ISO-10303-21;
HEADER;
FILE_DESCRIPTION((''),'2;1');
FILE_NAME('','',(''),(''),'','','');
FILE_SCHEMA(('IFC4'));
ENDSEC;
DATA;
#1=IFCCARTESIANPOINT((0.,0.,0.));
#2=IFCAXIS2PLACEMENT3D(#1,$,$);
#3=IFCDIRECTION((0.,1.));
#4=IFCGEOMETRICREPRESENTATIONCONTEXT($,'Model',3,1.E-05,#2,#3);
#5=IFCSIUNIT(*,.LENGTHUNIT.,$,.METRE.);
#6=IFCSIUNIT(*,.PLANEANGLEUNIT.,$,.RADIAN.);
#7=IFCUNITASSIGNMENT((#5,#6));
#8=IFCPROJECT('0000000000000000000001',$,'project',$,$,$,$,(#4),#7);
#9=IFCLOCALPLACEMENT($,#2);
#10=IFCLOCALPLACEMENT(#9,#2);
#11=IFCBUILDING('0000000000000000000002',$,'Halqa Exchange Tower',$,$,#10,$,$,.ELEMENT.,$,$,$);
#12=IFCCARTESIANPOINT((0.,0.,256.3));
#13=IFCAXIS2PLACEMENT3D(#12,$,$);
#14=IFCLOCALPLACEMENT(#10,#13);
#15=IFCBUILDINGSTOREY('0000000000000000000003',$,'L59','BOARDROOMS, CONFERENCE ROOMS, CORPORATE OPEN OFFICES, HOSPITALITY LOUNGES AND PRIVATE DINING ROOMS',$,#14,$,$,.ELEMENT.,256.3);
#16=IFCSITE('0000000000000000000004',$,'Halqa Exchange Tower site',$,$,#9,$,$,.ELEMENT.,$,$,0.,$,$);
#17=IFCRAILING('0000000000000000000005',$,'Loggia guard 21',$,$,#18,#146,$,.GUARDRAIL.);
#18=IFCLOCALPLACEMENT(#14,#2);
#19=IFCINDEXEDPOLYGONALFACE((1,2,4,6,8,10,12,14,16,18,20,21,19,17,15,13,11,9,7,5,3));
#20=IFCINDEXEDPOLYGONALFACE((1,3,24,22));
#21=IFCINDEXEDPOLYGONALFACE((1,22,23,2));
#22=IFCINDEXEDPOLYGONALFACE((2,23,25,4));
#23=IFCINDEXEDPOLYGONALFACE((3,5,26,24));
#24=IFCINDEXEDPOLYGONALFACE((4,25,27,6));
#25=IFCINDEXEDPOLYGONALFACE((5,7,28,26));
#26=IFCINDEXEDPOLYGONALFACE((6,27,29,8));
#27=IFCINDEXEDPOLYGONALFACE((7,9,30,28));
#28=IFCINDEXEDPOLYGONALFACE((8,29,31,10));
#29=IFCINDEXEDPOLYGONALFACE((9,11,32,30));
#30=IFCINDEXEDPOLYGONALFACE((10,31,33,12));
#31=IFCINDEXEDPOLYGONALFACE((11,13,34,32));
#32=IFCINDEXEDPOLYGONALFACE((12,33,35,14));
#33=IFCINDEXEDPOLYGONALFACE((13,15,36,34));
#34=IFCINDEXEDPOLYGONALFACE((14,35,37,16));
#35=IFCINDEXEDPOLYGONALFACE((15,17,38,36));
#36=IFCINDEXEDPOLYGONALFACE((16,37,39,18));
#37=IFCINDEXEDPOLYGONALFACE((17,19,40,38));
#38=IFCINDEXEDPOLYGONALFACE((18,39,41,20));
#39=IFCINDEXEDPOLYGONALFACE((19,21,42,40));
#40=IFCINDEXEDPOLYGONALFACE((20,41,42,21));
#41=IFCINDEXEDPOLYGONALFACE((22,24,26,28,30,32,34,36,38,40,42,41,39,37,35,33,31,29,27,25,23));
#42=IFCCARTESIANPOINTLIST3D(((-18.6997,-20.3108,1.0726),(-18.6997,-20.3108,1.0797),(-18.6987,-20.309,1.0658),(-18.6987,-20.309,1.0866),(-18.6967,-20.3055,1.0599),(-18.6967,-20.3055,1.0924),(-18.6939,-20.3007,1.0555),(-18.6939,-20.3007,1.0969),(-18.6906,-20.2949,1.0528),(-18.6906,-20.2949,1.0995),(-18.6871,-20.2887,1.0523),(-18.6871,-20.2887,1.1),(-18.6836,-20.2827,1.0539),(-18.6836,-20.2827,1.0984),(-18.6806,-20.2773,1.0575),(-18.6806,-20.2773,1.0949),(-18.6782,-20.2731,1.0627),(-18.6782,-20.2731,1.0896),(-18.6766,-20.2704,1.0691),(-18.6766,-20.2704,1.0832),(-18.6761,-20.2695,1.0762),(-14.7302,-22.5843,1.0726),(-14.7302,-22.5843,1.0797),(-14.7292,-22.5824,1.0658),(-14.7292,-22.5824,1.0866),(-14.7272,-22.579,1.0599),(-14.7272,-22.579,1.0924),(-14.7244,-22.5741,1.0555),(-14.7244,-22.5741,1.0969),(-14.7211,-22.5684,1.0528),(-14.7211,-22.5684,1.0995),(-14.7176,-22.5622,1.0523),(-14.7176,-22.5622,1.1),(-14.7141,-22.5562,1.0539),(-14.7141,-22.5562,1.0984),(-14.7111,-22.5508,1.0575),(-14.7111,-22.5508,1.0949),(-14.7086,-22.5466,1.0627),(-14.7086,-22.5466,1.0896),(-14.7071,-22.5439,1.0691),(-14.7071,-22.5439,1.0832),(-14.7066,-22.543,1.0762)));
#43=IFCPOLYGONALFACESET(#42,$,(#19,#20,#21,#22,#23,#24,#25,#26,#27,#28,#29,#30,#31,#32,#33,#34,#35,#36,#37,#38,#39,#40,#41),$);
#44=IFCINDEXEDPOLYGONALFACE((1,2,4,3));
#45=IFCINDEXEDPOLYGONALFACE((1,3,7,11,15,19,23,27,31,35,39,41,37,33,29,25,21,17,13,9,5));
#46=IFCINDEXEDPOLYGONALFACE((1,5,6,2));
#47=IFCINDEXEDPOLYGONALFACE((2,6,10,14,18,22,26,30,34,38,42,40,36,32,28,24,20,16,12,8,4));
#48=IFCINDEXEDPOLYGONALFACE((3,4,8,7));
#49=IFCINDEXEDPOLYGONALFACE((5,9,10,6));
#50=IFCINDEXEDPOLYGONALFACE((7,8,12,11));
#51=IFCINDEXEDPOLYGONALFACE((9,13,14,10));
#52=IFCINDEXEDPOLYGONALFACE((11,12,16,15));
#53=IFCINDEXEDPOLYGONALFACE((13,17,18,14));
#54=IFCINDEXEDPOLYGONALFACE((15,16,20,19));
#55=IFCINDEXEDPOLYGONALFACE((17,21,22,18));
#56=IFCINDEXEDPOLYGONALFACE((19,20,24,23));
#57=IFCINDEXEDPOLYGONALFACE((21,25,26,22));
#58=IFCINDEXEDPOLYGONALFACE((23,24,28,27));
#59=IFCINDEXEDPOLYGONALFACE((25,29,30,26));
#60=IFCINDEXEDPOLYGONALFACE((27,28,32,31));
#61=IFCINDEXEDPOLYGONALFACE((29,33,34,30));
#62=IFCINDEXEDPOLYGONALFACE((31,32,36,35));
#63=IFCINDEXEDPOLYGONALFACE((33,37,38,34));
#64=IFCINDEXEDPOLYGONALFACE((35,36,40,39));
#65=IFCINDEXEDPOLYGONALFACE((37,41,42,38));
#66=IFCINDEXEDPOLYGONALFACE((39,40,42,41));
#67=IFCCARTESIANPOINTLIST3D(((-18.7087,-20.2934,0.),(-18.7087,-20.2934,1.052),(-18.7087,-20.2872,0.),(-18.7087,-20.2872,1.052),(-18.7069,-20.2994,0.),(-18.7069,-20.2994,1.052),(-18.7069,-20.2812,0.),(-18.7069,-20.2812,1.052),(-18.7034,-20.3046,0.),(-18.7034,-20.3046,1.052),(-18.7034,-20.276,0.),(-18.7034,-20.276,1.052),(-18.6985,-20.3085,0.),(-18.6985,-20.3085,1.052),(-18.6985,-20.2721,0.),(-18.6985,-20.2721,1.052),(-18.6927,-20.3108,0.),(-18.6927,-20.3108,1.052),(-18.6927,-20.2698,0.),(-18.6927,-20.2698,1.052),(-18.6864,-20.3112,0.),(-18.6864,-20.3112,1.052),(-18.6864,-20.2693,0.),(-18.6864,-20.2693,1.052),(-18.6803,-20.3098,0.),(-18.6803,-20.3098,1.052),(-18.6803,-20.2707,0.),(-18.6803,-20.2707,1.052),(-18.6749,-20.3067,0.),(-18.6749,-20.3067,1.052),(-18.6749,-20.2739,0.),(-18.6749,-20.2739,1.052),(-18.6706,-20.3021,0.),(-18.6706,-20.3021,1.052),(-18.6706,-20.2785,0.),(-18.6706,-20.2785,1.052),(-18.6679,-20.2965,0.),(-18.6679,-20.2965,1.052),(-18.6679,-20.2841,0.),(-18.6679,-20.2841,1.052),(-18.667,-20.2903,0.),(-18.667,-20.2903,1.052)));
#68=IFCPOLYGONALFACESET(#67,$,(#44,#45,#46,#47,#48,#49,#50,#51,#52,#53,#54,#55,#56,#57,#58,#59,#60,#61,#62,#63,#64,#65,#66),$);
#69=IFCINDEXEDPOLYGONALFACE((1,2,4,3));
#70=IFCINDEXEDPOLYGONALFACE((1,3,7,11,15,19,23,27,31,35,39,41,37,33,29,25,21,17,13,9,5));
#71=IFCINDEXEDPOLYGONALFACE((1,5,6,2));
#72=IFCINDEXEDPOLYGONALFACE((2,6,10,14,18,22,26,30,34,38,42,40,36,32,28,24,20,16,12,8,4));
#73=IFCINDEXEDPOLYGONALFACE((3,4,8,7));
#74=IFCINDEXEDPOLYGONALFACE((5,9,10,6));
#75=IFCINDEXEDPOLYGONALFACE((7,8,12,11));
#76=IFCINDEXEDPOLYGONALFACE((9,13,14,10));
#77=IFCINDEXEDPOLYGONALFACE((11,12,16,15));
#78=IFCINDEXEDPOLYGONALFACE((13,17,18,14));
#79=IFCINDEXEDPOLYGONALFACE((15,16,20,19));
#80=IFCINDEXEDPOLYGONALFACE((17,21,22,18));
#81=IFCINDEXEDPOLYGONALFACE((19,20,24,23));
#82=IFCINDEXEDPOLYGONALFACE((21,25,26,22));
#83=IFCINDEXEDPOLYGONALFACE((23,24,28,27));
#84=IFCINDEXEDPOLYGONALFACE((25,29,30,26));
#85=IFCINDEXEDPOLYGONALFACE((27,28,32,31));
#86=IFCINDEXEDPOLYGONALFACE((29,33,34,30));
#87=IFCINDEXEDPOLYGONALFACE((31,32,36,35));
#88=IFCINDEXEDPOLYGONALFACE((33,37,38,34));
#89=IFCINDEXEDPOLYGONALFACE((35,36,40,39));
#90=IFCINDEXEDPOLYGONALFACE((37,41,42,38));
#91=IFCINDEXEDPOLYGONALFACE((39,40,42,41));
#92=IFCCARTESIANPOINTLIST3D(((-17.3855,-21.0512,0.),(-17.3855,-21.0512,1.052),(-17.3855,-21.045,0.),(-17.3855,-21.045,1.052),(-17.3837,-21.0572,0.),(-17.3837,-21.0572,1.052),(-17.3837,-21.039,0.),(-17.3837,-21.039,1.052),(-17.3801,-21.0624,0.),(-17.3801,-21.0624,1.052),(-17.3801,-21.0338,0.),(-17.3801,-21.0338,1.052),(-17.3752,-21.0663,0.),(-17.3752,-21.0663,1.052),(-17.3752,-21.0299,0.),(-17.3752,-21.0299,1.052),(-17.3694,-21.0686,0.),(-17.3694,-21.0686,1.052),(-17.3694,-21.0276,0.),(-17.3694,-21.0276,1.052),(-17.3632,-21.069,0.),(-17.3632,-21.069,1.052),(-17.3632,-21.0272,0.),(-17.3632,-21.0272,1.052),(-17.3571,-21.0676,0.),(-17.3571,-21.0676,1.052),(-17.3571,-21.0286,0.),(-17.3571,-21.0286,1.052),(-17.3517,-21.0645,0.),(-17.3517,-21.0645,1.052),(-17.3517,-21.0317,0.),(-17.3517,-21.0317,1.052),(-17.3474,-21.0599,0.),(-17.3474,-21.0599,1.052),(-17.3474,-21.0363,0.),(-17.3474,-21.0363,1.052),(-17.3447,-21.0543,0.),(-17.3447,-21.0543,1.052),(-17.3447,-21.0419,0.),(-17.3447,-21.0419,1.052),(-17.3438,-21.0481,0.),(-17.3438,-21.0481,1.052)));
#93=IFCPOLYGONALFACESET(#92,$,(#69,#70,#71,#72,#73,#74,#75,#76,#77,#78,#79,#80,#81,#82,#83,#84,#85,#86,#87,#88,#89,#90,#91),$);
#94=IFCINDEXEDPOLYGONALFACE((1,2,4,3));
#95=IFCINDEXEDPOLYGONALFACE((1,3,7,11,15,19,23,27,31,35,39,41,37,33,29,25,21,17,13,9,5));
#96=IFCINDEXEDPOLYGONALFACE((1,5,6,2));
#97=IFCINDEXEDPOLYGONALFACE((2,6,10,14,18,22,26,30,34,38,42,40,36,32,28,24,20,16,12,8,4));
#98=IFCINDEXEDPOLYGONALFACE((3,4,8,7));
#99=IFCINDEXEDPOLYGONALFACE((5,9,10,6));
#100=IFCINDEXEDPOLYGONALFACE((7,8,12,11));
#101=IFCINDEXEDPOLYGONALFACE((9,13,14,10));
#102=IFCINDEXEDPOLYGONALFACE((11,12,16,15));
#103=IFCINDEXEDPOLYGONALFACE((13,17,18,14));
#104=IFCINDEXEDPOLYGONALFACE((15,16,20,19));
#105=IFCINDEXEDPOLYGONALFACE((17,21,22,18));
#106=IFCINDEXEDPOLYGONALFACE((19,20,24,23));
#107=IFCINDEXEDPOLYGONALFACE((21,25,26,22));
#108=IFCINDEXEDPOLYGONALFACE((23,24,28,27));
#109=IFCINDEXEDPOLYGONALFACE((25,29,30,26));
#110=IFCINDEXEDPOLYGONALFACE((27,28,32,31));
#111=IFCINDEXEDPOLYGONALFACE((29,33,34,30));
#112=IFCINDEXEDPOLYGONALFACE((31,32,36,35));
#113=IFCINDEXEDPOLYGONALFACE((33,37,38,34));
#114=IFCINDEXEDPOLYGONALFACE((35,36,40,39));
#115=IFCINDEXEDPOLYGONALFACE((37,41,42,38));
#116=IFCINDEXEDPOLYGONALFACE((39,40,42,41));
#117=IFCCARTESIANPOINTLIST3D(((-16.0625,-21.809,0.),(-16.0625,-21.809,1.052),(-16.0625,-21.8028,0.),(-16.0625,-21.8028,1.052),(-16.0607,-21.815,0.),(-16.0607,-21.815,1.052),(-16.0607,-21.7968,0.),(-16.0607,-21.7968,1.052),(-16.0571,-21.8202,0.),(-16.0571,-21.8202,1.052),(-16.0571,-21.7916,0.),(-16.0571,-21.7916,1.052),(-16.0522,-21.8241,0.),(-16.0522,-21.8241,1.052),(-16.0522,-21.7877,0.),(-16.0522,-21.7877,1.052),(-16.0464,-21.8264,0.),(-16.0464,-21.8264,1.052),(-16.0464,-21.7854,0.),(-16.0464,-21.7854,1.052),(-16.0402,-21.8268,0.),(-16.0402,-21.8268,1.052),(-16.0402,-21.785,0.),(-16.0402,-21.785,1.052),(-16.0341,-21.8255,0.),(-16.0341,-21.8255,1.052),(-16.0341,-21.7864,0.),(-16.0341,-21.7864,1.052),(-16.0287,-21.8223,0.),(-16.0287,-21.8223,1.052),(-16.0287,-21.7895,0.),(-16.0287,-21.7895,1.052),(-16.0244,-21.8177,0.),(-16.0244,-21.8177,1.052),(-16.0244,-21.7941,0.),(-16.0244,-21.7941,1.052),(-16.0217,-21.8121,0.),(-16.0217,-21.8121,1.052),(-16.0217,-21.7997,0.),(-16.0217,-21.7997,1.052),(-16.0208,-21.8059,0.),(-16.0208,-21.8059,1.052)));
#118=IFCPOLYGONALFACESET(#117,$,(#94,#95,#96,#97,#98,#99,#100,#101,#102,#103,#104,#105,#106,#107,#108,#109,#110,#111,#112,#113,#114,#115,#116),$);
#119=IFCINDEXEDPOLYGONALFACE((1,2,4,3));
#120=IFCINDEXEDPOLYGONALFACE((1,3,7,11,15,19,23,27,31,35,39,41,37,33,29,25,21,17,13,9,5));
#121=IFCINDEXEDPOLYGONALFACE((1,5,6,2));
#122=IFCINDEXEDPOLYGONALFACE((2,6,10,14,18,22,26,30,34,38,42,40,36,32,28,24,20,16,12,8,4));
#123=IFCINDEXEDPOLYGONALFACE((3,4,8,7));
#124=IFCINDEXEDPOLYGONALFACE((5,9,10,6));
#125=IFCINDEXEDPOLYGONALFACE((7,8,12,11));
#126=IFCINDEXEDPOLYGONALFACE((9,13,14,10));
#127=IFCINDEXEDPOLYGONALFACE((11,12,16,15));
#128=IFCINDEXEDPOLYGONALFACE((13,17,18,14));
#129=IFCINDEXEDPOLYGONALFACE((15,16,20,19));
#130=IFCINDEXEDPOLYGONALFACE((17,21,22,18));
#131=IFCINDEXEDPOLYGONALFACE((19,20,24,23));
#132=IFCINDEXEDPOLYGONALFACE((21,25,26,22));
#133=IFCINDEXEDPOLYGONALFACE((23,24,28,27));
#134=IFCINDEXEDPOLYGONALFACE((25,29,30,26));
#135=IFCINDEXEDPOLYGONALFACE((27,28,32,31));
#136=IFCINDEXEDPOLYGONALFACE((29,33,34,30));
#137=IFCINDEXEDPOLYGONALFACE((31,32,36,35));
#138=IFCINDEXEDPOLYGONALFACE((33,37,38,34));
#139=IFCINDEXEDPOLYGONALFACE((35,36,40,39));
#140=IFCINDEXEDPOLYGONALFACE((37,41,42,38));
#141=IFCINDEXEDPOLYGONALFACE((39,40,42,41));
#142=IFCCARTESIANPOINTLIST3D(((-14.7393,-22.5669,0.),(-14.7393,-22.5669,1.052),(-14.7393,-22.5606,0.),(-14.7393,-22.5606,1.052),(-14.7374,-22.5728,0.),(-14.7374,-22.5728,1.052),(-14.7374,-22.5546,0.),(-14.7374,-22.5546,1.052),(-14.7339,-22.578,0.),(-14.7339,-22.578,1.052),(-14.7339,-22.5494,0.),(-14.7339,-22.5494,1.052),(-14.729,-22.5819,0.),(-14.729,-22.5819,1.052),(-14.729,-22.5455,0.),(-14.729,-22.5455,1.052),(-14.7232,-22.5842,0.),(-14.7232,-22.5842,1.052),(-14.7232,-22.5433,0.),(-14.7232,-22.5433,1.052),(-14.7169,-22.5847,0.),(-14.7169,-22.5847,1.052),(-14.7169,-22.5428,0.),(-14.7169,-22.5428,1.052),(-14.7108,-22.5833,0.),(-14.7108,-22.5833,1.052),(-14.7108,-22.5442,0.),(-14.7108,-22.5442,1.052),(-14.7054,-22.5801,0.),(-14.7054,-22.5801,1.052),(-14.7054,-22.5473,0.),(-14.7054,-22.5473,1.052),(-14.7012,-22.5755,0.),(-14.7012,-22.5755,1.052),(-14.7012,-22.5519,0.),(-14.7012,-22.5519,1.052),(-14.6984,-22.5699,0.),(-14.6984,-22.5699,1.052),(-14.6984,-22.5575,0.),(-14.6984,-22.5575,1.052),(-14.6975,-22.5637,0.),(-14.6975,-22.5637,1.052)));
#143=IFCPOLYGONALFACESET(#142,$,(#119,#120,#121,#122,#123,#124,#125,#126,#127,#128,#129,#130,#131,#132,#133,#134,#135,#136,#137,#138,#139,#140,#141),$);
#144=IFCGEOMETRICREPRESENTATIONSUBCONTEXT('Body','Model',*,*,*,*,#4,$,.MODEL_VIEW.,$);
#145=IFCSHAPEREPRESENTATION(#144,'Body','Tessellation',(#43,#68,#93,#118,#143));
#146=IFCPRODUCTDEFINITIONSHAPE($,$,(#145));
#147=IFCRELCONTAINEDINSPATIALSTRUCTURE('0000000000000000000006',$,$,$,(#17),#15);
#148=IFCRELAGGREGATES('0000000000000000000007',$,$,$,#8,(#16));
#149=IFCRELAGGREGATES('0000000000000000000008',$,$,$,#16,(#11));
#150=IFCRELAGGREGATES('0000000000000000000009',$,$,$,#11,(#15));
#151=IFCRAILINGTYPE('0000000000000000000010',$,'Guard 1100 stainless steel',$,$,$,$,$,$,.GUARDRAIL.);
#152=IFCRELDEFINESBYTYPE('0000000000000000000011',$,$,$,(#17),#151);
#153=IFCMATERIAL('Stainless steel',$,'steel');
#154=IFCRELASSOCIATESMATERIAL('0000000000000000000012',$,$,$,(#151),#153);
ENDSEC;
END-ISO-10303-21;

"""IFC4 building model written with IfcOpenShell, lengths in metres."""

from ifc_helpers import new_model, si_unit, direction, frame, origin, origin_2d, place, context, subcontext, project, spatial, circle, extrude, material, type_object, element, save


model = new_model("IFC4")

# Units and contexts
model_context = context("Model", 3, precision=1e-05, world=origin(), true_north=direction((0.0, 1.0)))
body_context = subcontext(model_context, "Body", "Model", "MODEL_VIEW")
ifc_project = project(units=[si_unit("LENGTHUNIT", "METRE"), si_unit("PLANEANGLEUNIT", "RADIAN")], contexts=[model_context])

# Site, building, storey
site_placement = place(None, origin())
site = spatial("IfcSite", under=ifc_project, at=site_placement, Name="Halqa Exchange Tower site", CompositionType="ELEMENT", RefElevation=0.0)
building_placement = place(site_placement, origin())
building = spatial("IfcBuilding", under=site, at=building_placement, Name="Halqa Exchange Tower", CompositionType="ELEMENT")
storey_placement = place(building_placement, frame((0.0, 0.0, 256.3)))
storey = spatial("IfcBuildingStorey", under=building, at=storey_placement, Name="L59", Description="BOARDROOMS, CONFERENCE ROOMS, CORPORATE OPEN OFFICES, HOSPITALITY LOUNGES AND PRIVATE DINING ROOMS", CompositionType="ELEMENT", Elevation=256.3)

# Railing
ifc_material_1 = material(Name="Stainless steel", Category="steel")
railing_type = type_object("IfcRailingType", Name="Guard 1100 stainless steel", PredefinedType="GUARDRAIL", material=ifc_material_1)
railing_1_placement = place(storey_placement, frame((-18.688, -20.2903, 0.0)))
element("IfcRailing", 1, at=railing_1_placement, inside=storey, type_object=railing_type, Name="Loggia guard 21", PredefinedType="GUARDRAIL", context=body_context, shape_type="SweptSolid", body=[
    extrude(circle(Radius=0.0239, at=origin_2d()), frame((0.0, 0.0, 1.0762), z_axis=(0.867757, -0.496989, 0.0), x_axis=(0.496989, 0.867757, 0.0)), (0.0, 0.0, 1.0), 4.5745),
    extrude(circle(Radius=0.021, at=origin_2d()), origin(), (0.0, 0.0, 1.0), 1.052),
    extrude(circle(Radius=0.021, at=origin_2d()), frame((1.3232, -0.7578, 0.0)), (0.0, 0.0, 1.0), 1.052),
    extrude(circle(Radius=0.021, at=origin_2d()), frame((2.6462, -1.5156, 0.0)), (0.0, 0.0, 1.0), 1.052),
    extrude(circle(Radius=0.021, at=origin_2d()), frame((3.9695, -2.2734, 0.0)), (0.0, 0.0, 1.0), 1.052),
])

save(model, "model.ifc")
